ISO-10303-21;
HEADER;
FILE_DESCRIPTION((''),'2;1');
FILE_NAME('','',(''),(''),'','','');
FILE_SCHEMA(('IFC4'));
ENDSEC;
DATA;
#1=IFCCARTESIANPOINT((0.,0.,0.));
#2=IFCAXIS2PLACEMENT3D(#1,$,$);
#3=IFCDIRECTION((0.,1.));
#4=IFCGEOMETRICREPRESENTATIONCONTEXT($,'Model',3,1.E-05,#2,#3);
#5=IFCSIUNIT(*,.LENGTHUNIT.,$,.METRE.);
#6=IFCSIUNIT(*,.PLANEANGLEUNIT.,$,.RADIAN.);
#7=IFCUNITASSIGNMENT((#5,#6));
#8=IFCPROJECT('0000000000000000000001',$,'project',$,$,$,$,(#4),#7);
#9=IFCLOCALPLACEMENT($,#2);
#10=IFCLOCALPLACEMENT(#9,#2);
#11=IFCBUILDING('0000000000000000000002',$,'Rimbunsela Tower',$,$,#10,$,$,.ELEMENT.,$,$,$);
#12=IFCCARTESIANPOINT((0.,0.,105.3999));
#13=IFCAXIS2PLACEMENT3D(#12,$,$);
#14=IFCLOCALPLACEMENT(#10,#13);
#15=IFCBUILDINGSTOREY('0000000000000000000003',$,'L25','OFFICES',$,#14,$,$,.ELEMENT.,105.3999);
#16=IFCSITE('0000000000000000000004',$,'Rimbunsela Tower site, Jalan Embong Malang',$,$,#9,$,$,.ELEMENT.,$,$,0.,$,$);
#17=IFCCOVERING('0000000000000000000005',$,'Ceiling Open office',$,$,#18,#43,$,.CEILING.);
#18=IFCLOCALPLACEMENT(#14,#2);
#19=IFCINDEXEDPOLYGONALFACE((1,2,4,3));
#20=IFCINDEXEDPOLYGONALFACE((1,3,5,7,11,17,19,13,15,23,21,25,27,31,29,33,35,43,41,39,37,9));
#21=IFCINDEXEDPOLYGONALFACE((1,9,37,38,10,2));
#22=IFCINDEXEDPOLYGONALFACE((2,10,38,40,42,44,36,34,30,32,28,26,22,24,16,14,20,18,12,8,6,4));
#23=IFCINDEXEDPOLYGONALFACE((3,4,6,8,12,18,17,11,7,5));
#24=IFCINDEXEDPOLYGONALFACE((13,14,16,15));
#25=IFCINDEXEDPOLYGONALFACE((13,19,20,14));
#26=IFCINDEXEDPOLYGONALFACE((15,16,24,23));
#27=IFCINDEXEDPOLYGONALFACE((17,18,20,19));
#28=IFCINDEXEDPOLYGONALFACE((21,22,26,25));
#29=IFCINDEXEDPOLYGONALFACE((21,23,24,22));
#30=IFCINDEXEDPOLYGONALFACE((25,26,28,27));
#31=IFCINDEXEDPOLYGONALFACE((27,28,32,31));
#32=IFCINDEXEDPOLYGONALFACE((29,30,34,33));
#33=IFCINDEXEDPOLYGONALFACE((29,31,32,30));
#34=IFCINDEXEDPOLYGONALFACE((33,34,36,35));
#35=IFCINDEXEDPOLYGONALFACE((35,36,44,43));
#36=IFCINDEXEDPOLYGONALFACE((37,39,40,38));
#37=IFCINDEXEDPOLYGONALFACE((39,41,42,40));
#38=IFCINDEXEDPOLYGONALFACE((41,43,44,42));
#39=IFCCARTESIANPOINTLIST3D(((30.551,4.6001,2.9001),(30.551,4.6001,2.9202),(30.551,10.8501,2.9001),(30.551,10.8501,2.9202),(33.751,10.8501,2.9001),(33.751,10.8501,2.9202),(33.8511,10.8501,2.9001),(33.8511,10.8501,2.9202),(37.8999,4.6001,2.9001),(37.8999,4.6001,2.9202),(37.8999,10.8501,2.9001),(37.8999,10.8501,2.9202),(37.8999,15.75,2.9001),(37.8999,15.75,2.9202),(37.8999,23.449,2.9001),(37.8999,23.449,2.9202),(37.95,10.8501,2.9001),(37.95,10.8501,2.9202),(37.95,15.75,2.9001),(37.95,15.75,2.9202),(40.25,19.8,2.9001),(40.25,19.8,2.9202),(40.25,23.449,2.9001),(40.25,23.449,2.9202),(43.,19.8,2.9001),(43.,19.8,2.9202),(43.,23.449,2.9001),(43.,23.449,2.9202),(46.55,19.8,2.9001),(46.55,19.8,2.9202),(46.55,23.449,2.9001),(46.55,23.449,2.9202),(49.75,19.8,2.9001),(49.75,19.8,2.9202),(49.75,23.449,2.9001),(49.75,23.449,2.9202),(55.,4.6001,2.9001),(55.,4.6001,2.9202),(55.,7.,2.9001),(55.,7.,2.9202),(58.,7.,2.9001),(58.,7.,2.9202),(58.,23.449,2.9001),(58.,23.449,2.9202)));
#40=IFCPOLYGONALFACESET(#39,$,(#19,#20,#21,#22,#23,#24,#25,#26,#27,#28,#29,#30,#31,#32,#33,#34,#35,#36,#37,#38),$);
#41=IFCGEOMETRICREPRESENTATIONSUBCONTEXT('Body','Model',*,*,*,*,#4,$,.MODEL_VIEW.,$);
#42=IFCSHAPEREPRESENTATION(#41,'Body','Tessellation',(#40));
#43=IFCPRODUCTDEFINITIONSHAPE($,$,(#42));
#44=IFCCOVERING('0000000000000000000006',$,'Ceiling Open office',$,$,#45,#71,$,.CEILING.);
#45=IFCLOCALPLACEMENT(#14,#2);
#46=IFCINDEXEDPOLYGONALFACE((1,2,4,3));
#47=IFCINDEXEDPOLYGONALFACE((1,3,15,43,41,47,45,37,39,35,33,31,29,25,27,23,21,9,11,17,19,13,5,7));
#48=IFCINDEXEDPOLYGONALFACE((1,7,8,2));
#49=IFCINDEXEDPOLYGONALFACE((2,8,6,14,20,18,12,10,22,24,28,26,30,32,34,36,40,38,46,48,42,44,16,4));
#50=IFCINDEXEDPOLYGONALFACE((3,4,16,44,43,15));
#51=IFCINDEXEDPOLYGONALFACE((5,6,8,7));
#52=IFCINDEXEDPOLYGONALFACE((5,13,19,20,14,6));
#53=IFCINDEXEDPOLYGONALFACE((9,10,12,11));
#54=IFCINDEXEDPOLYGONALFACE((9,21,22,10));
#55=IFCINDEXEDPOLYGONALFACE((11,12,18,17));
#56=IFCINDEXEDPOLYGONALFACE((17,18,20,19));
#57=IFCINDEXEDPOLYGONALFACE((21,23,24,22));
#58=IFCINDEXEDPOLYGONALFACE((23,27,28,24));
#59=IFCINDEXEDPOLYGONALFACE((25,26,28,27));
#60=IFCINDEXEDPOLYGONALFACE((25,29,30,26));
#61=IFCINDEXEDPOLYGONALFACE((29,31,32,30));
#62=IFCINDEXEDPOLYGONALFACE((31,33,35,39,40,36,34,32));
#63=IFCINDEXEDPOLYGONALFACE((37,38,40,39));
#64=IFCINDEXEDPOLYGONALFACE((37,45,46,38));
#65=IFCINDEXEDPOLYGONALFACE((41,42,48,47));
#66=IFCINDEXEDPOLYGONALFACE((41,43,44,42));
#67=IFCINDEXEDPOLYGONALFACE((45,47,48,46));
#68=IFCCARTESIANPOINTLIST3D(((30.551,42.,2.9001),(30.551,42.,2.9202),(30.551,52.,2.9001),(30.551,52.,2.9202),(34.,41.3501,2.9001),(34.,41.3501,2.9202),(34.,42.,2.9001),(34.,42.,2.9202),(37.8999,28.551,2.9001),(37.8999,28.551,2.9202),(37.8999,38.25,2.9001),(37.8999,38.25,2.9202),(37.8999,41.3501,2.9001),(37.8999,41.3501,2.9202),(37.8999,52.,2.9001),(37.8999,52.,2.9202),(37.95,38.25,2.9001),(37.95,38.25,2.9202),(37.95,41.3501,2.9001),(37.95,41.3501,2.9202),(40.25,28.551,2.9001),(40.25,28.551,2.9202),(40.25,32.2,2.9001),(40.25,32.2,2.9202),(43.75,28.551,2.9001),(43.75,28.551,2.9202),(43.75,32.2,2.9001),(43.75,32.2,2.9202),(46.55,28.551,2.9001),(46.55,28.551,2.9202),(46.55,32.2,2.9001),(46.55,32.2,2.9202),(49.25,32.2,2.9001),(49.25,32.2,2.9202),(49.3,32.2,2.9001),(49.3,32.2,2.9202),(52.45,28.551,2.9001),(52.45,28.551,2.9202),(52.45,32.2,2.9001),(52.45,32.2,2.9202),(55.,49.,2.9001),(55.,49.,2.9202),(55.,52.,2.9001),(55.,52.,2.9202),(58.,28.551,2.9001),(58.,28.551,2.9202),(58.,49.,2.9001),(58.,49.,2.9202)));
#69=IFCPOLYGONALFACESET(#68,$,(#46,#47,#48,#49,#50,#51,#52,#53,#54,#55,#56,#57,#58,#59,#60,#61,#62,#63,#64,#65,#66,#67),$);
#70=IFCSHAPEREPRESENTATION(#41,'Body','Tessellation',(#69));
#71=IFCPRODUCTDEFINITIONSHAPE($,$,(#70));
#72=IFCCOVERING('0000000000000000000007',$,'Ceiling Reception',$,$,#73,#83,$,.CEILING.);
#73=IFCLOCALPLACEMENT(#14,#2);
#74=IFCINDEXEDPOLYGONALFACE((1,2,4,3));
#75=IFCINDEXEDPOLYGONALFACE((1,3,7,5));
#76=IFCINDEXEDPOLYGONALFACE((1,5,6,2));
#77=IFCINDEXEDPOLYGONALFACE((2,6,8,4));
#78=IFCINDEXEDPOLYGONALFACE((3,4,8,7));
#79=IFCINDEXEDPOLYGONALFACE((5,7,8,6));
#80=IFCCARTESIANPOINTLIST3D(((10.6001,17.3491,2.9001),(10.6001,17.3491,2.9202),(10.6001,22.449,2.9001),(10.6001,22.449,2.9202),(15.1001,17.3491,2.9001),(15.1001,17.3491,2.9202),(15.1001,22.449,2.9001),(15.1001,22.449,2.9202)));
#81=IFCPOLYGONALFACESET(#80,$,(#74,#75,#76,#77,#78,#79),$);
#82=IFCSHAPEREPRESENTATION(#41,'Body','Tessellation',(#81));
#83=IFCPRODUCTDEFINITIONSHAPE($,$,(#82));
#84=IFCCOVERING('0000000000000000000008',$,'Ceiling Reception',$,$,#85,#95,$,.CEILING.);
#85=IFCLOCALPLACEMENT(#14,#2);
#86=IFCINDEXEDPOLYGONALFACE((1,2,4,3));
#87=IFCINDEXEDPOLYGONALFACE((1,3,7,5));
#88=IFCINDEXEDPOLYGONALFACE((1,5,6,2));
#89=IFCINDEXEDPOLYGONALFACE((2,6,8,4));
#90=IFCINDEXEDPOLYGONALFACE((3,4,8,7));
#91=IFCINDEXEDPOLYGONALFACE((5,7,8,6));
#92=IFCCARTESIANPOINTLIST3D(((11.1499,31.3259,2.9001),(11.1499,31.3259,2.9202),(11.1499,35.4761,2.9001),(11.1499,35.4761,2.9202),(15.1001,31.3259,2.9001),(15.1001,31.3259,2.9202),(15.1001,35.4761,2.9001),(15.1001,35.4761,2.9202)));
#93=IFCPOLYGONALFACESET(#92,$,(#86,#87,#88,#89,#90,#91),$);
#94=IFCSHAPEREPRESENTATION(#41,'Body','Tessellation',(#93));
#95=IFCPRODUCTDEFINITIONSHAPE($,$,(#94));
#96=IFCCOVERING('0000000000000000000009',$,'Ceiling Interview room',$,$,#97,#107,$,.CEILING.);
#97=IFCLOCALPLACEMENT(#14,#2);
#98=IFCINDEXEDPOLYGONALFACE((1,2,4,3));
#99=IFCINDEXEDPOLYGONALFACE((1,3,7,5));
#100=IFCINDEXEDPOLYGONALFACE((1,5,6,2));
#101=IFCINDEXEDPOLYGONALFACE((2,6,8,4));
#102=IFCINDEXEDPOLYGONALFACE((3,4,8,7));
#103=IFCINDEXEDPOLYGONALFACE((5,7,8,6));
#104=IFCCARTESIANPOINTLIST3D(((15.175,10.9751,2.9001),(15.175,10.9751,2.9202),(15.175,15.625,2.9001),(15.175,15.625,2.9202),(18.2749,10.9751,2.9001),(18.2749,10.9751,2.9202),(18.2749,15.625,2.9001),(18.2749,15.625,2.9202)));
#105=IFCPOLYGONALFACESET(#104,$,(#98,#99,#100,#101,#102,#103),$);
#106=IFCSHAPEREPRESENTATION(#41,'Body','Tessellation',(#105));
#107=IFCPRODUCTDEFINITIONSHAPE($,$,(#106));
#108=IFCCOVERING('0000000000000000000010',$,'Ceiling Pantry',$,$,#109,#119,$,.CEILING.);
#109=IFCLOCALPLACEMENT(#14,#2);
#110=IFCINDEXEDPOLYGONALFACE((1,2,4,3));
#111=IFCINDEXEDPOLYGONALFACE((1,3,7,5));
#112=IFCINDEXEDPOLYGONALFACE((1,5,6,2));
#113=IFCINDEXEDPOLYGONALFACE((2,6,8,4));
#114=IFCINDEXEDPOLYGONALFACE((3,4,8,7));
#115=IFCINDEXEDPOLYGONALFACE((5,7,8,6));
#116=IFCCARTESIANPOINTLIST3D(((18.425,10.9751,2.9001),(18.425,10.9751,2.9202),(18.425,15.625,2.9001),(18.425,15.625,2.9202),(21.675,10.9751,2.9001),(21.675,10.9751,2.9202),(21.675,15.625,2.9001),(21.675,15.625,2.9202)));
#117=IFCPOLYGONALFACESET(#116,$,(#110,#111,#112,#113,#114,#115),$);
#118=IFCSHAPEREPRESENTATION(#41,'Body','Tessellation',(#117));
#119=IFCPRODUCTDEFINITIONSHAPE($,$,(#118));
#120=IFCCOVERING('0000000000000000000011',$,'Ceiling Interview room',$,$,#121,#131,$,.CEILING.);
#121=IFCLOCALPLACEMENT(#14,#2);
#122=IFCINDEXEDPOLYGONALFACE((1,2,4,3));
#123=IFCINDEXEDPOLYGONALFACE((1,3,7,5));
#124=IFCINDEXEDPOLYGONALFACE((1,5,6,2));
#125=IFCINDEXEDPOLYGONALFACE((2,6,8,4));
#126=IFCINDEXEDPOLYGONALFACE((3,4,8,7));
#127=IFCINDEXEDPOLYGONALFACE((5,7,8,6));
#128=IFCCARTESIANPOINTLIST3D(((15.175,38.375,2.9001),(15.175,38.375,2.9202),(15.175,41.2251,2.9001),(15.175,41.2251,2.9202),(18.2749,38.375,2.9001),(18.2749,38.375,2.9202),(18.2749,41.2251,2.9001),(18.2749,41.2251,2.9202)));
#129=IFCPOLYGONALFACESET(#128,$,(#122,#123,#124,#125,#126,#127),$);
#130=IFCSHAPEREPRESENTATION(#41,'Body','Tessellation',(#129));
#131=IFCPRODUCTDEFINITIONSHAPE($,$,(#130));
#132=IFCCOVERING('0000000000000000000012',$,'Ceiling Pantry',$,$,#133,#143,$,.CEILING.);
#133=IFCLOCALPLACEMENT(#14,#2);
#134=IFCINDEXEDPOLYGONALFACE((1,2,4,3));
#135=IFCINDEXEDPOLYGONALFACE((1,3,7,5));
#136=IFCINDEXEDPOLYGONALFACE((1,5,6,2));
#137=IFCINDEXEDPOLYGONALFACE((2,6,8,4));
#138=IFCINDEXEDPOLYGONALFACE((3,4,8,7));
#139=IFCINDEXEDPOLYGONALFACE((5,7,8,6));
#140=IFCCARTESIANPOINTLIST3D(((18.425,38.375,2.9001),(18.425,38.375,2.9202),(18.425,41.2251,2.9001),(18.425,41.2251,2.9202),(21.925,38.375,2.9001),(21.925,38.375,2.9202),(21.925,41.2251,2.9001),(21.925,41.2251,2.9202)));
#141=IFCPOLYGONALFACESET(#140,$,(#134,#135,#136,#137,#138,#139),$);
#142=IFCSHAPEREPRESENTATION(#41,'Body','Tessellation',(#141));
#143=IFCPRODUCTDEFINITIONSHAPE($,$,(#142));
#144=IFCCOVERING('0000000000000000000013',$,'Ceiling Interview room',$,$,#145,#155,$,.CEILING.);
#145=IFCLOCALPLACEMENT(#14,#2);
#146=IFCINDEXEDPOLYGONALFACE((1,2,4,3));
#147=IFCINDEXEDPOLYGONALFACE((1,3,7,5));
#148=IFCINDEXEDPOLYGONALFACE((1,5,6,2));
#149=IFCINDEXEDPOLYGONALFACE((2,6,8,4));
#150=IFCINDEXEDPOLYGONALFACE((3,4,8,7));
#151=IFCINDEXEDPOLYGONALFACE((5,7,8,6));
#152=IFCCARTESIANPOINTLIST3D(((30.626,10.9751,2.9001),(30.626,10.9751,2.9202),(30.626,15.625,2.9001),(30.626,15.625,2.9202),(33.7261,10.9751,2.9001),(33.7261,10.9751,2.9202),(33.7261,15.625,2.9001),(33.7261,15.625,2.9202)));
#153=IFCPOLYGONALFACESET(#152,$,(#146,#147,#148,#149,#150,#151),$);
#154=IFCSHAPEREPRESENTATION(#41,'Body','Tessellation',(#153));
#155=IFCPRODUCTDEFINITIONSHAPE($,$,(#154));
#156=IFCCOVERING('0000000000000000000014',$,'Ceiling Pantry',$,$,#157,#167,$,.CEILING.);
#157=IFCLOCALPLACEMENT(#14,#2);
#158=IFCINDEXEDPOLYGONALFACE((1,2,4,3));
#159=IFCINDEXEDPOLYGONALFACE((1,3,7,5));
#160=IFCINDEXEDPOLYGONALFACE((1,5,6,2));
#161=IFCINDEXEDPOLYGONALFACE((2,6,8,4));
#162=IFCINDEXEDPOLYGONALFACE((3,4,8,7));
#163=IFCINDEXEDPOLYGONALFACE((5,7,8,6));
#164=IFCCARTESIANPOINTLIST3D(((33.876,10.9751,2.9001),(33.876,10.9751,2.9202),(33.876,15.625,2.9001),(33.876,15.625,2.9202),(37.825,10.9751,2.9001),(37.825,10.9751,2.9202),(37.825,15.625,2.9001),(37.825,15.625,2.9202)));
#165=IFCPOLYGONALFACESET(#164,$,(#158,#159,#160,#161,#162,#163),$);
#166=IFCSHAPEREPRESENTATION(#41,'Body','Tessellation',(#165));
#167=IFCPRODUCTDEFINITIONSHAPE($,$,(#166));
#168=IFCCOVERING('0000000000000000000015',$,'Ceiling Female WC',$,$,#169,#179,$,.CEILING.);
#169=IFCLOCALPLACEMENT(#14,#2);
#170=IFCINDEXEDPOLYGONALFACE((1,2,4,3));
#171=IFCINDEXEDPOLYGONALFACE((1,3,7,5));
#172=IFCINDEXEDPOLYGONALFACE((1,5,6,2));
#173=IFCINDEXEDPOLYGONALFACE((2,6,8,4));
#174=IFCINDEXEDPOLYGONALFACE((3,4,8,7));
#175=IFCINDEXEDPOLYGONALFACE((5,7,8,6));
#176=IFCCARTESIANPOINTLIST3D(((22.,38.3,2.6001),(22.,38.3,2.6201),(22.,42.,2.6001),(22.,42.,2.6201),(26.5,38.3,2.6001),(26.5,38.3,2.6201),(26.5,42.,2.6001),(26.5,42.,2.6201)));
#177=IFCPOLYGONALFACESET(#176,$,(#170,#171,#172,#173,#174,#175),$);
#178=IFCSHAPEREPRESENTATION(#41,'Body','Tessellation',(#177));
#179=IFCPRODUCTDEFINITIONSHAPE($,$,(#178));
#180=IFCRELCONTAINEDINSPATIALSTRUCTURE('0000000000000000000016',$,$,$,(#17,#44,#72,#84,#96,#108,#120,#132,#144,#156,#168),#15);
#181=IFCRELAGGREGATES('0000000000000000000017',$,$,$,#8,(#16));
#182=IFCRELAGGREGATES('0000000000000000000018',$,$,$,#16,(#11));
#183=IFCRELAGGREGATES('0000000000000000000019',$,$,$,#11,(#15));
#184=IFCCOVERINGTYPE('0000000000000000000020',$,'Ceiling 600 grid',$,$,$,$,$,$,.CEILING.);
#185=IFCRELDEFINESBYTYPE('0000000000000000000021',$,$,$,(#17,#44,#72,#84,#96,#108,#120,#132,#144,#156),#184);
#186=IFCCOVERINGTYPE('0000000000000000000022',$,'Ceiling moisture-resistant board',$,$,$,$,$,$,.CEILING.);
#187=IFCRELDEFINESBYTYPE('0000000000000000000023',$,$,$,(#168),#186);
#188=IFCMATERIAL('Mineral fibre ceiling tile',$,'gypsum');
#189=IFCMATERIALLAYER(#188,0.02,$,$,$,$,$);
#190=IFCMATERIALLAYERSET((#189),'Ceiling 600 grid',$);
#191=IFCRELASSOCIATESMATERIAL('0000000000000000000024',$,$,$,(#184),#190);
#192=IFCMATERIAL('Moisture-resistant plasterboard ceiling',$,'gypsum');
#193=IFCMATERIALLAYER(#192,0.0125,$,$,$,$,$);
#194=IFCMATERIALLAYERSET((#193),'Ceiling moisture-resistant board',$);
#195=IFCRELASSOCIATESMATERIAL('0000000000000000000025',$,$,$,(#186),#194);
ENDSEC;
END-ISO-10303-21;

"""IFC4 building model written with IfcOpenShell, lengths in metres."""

from ifc_helpers import new_model, si_unit, direction, frame, origin, place, context, subcontext, project, spatial, polyline, outline, extrude, material, layer, layer_set, type_object, element, save


model = new_model("IFC4")

# Units and contexts
model_context = context("Model", 3, precision=1e-05, world=origin(), true_north=direction((0.0, 1.0)))
body_context = subcontext(model_context, "Body", "Model", "MODEL_VIEW")
ifc_project = project(units=[si_unit("LENGTHUNIT", "METRE"), si_unit("PLANEANGLEUNIT", "RADIAN")], contexts=[model_context])

# Site, building, storey
site_placement = place(None, origin())
site = spatial("IfcSite", under=ifc_project, at=site_placement, Name="Rimbunsela Tower site, Jalan Embong Malang", CompositionType="ELEMENT", RefElevation=0.0)
building_placement = place(site_placement, origin())
building = spatial("IfcBuilding", under=site, at=building_placement, Name="Rimbunsela Tower", CompositionType="ELEMENT")
storey_placement = place(building_placement, frame((0.0, 0.0, 105.3999)))
storey = spatial("IfcBuildingStorey", under=building, at=storey_placement, Name="L25", Description="OFFICES", CompositionType="ELEMENT", Elevation=105.3999)

# Coverings
ifc_material_1 = material(Name="Mineral fibre ceiling tile", Category="gypsum")
ifc_layer_1 = layer(ifc_material_1, 0.02)
ifc_layer_set_1 = layer_set([ifc_layer_1], Name="Ceiling 600 grid")
covering_type_1 = type_object("IfcCoveringType", Name="Ceiling 600 grid", PredefinedType="CEILING", material=ifc_layer_set_1)
covering_1_placement = place(storey_placement, frame((0.0, 0.0, 2.9001)))
element("IfcCovering", 1, at=covering_1_placement, inside=storey, type_object=covering_type_1, Name="Ceiling Open office", PredefinedType="CEILING", context=body_context, shape_type="SweptSolid", body=[
    extrude(outline(polyline([(33.751, 10.8501), (33.8511, 10.8501), (37.8999, 10.8501), (37.95, 10.8501), (37.95, 15.75), (37.8999, 15.75), (37.8999, 23.449), (40.25, 23.449), (40.25, 19.8), (43.0, 19.8), (43.0, 23.449), (46.55, 23.449), (46.55, 19.8), (49.75, 19.8), (49.75, 23.449), (58.0, 23.449), (58.0, 7.0), (55.0, 7.0), (55.0, 4.6001), (37.8999, 4.6001), (30.551, 4.6001), (30.551, 10.8501), (33.751, 10.8501)])), origin(), (0.0, 0.0, 1.0), 0.02),
])
covering_2_placement = place(storey_placement, frame((0.0, 0.0, 2.9001)))
element("IfcCovering", 2, at=covering_2_placement, inside=storey, type_object=covering_type_1, Name="Ceiling Open office", PredefinedType="CEILING", context=body_context, shape_type="SweptSolid", body=[
    extrude(outline(polyline([(49.3, 32.2), (49.25, 32.2), (46.55, 32.2), (46.55, 28.551), (43.75, 28.551), (43.75, 32.2), (40.25, 32.2), (40.25, 28.551), (37.8999, 28.551), (37.8999, 38.25), (37.95, 38.25), (37.95, 41.3501), (37.8999, 41.3501), (34.0, 41.3501), (34.0, 42.0), (30.551, 42.0), (30.551, 52.0), (37.8999, 52.0), (55.0, 52.0), (55.0, 49.0), (58.0, 49.0), (58.0, 28.551), (52.45, 28.551), (52.45, 32.2), (49.3, 32.2)])), origin(), (0.0, 0.0, 1.0), 0.02),
])
covering_3_placement = place(storey_placement, frame((0.0, 0.0, 2.9001)))
element("IfcCovering", 3, at=covering_3_placement, inside=storey, type_object=covering_type_1, Name="Ceiling Reception", PredefinedType="CEILING", context=body_context, shape_type="SweptSolid", body=[
    extrude(outline(polyline([(15.1001, 17.3491), (15.1001, 22.449), (10.6001, 22.449), (10.6001, 17.3491), (15.1001, 17.3491)])), origin(), (0.0, 0.0, 1.0), 0.02),
])
covering_4_placement = place(storey_placement, frame((0.0, 0.0, 2.9001)))
element("IfcCovering", 4, at=covering_4_placement, inside=storey, type_object=covering_type_1, Name="Ceiling Reception", PredefinedType="CEILING", context=body_context, shape_type="SweptSolid", body=[
    extrude(outline(polyline([(15.1001, 31.3259), (15.1001, 35.4761), (11.1499, 35.4761), (11.1499, 31.3259), (15.1001, 31.3259)])), origin(), (0.0, 0.0, 1.0), 0.02),
])
covering_5_placement = place(storey_placement, frame((0.0, 0.0, 2.9001)))
element("IfcCovering", 5, at=covering_5_placement, inside=storey, type_object=covering_type_1, Name="Ceiling Interview room", PredefinedType="CEILING", context=body_context, shape_type="SweptSolid", body=[
    extrude(outline(polyline([(18.2749, 10.9751), (18.2749, 15.625), (15.175, 15.625), (15.175, 10.9751), (18.2749, 10.9751)])), origin(), (0.0, 0.0, 1.0), 0.02),
])
covering_6_placement = place(storey_placement, frame((0.0, 0.0, 2.9001)))
element("IfcCovering", 6, at=covering_6_placement, inside=storey, type_object=covering_type_1, Name="Ceiling Pantry", PredefinedType="CEILING", context=body_context, shape_type="SweptSolid", body=[
    extrude(outline(polyline([(21.675, 10.9751), (21.675, 15.625), (18.425, 15.625), (18.425, 10.9751), (21.675, 10.9751)])), origin(), (0.0, 0.0, 1.0), 0.02),
])
covering_7_placement = place(storey_placement, frame((0.0, 0.0, 2.9001)))
element("IfcCovering", 7, at=covering_7_placement, inside=storey, type_object=covering_type_1, Name="Ceiling Interview room", PredefinedType="CEILING", context=body_context, shape_type="SweptSolid", body=[
    extrude(outline(polyline([(18.2749, 38.375), (18.2749, 41.2251), (15.175, 41.2251), (15.175, 38.375), (18.2749, 38.375)])), origin(), (0.0, 0.0, 1.0), 0.02),
])
covering_8_placement = place(storey_placement, frame((0.0, 0.0, 2.9001)))
element("IfcCovering", 8, at=covering_8_placement, inside=storey, type_object=covering_type_1, Name="Ceiling Pantry", PredefinedType="CEILING", context=body_context, shape_type="SweptSolid", body=[
    extrude(outline(polyline([(21.925, 38.375), (21.925, 41.2251), (18.425, 41.2251), (18.425, 38.375), (21.925, 38.375)])), origin(), (0.0, 0.0, 1.0), 0.02),
])
covering_9_placement = place(storey_placement, frame((0.0, 0.0, 2.9001)))
element("IfcCovering", 9, at=covering_9_placement, inside=storey, type_object=covering_type_1, Name="Ceiling Interview room", PredefinedType="CEILING", context=body_context, shape_type="SweptSolid", body=[
    extrude(outline(polyline([(33.7261, 10.9751), (33.7261, 15.625), (30.626, 15.625), (30.626, 10.9751), (33.7261, 10.9751)])), origin(), (0.0, 0.0, 1.0), 0.02),
])
covering_10_placement = place(storey_placement, frame((0.0, 0.0, 2.9001)))
element("IfcCovering", 10, at=covering_10_placement, inside=storey, type_object=covering_type_1, Name="Ceiling Pantry", PredefinedType="CEILING", context=body_context, shape_type="SweptSolid", body=[
    extrude(outline(polyline([(37.825, 10.9751), (37.825, 15.625), (33.876, 15.625), (33.876, 10.9751), (37.825, 10.9751)])), origin(), (0.0, 0.0, 1.0), 0.02),
])
ifc_material_2 = material(Name="Moisture-resistant plasterboard ceiling", Category="gypsum")
ifc_layer_2 = layer(ifc_material_2, 0.0125)
ifc_layer_set_2 = layer_set([ifc_layer_2], Name="Ceiling moisture-resistant board")
covering_type_2 = type_object("IfcCoveringType", Name="Ceiling moisture-resistant board", PredefinedType="CEILING", material=ifc_layer_set_2)
covering_11_placement = place(storey_placement, frame((0.0, 0.0, 2.6001)))
element("IfcCovering", 11, at=covering_11_placement, inside=storey, type_object=covering_type_2, Name="Ceiling Female WC", PredefinedType="CEILING", context=body_context, shape_type="SweptSolid", body=[
    extrude(outline(polyline([(26.5, 38.3), (26.5, 42.0), (22.0, 42.0), (22.0, 38.3), (26.5, 38.3)])), origin(), (0.0, 0.0, 1.0), 0.02),
])

save(model, "model.ifc")
